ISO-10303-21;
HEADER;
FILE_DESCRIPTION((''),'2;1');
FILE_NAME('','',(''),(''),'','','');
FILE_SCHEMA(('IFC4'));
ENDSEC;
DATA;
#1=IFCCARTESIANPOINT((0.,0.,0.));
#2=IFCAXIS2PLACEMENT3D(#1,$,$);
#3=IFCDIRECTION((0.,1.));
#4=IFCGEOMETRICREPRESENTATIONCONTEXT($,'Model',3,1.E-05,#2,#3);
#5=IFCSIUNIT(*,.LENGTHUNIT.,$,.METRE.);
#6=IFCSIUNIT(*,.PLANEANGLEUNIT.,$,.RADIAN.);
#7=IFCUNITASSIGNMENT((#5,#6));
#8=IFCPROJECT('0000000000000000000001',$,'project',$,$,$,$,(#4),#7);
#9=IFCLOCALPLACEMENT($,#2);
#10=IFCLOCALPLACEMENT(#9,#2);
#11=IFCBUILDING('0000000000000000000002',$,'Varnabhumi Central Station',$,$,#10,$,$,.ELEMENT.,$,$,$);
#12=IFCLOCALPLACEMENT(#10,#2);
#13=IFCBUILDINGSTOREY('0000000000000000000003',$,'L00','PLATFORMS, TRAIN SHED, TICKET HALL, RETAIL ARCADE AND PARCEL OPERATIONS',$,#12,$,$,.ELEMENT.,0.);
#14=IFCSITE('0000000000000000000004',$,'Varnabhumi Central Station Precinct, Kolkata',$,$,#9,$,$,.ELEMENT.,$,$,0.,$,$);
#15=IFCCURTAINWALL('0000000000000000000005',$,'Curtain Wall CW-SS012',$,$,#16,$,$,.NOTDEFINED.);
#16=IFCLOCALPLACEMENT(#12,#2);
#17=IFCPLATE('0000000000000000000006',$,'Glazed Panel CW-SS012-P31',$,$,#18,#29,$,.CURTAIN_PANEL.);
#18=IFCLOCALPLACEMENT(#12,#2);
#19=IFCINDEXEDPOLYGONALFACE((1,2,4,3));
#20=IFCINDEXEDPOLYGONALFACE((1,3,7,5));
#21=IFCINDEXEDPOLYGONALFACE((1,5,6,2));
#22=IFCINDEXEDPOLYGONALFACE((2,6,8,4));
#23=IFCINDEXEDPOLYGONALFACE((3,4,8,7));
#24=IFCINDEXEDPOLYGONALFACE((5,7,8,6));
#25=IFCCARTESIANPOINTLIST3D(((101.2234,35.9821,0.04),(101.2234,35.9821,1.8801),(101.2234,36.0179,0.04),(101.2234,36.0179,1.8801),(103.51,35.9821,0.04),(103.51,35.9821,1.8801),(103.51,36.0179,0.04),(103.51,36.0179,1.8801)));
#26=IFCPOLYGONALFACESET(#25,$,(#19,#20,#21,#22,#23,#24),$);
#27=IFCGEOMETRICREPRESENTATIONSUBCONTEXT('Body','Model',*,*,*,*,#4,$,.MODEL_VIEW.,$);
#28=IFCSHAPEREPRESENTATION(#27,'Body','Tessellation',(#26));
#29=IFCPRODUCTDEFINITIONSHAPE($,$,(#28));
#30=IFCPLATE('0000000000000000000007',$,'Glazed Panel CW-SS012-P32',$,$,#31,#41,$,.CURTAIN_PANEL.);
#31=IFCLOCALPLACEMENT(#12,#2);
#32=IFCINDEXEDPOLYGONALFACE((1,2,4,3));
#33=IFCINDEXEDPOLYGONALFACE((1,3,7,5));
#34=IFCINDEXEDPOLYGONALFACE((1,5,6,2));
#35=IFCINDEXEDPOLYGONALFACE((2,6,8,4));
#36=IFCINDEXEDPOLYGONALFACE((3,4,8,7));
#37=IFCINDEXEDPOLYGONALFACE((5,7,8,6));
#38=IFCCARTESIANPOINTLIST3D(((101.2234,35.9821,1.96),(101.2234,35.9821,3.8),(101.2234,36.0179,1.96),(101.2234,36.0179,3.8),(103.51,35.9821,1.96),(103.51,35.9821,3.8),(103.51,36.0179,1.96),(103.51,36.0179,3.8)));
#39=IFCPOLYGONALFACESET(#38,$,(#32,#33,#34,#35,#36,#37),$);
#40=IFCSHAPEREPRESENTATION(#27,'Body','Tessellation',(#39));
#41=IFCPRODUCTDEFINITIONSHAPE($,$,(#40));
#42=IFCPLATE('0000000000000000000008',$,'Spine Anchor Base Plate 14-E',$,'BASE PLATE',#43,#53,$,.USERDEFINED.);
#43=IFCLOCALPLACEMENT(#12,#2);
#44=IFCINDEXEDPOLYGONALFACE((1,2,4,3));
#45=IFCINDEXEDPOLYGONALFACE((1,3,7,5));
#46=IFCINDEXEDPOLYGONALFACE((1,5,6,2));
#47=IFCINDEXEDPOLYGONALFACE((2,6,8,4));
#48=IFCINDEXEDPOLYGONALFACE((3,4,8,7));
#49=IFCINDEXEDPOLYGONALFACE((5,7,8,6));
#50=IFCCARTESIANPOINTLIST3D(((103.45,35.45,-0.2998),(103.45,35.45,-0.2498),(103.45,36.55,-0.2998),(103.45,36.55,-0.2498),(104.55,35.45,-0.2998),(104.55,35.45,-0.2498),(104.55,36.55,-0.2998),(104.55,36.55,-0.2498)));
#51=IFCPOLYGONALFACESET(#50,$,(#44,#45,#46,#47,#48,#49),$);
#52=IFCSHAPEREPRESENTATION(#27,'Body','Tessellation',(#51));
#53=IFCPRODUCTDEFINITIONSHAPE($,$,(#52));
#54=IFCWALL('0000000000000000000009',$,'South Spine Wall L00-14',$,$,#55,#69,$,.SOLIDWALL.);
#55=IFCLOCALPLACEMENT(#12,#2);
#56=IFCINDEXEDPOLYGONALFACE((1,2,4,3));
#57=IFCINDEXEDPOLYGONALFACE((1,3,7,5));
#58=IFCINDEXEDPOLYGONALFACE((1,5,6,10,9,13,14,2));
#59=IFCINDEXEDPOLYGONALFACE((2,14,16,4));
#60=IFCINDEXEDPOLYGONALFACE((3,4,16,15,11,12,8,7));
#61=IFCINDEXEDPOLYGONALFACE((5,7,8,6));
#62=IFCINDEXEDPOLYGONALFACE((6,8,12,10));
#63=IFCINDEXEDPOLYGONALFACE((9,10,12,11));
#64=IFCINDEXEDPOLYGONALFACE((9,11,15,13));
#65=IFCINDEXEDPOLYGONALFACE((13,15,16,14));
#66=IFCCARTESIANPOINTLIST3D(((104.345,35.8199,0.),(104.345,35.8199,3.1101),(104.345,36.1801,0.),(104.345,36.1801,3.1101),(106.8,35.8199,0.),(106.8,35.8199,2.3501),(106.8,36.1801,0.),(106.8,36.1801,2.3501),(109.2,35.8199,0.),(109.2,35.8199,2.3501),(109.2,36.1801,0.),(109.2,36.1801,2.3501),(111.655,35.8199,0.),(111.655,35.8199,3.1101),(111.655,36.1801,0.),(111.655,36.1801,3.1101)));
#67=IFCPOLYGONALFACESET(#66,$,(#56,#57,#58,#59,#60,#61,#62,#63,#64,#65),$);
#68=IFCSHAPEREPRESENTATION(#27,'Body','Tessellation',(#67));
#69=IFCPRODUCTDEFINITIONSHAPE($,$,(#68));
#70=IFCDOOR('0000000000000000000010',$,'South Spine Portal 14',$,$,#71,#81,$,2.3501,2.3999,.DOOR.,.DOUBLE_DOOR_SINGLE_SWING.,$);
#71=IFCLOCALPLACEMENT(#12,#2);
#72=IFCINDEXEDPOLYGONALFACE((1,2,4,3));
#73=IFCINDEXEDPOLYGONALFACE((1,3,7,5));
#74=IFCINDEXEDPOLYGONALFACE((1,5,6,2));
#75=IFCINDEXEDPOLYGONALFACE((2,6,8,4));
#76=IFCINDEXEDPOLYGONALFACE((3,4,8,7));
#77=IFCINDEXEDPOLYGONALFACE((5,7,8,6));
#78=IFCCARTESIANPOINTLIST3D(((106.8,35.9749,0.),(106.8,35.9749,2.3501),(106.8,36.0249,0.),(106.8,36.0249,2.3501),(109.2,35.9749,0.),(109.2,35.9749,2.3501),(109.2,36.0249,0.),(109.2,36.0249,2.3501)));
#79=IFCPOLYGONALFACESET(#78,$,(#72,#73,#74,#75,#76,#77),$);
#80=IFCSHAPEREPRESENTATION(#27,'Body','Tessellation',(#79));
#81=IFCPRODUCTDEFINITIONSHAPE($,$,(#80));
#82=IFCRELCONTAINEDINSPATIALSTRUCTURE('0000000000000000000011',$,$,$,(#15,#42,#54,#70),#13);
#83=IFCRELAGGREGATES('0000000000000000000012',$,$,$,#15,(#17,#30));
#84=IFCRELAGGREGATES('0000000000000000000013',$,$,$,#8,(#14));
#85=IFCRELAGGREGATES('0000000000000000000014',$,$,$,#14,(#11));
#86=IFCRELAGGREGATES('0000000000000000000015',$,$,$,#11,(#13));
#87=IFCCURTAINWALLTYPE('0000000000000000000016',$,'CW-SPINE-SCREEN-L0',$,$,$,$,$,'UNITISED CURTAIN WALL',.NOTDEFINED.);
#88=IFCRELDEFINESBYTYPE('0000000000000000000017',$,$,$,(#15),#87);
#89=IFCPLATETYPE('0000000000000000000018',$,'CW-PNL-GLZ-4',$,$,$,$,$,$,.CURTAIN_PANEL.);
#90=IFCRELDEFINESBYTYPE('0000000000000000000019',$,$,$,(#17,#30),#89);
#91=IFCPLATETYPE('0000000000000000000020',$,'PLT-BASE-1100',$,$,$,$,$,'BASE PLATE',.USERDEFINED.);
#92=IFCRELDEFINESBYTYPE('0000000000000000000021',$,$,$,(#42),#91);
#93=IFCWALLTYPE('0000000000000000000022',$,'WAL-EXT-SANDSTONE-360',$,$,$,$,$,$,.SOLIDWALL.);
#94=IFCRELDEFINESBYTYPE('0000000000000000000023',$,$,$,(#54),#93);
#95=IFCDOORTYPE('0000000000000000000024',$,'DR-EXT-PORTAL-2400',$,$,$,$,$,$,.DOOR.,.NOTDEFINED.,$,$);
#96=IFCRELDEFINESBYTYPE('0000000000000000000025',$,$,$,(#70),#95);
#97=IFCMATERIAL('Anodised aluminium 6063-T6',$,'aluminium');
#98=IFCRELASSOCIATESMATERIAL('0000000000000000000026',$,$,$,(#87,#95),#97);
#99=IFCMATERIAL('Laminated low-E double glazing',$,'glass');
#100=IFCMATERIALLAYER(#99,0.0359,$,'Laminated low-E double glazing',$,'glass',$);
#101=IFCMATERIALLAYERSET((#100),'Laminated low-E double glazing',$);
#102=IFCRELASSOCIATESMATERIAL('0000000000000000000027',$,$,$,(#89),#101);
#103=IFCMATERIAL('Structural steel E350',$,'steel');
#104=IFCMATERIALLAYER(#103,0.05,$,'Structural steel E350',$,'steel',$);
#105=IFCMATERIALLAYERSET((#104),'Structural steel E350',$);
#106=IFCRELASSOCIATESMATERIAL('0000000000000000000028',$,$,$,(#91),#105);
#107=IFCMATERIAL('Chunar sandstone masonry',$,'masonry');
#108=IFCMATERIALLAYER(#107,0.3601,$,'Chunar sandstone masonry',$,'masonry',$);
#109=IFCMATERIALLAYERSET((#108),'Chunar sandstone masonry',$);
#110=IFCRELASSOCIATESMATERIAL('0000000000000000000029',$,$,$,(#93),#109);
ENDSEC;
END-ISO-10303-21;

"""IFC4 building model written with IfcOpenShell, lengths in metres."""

from ifc_helpers import new_model, si_unit, direction, frame, frame_2d, origin, origin_2d, place, context, subcontext, project, spatial, rectangle, extrude, material, layer, layer_set, type_object, element, fill, aggregate, save


model = new_model("IFC4")

# Units and contexts
model_context = context("Model", 3, precision=1e-05, world=origin(), true_north=direction((0.0, 1.0)))
body_context = subcontext(model_context, "Body", "Model", "MODEL_VIEW")
ifc_project = project(units=[si_unit("LENGTHUNIT", "METRE"), si_unit("PLANEANGLEUNIT", "RADIAN")], contexts=[model_context])

# Site, building, storey
site_placement = place(None, origin())
site = spatial("IfcSite", under=ifc_project, at=site_placement, Name="Varnabhumi Central Station Precinct, Kolkata", CompositionType="ELEMENT", RefElevation=0.0)
building_placement = place(site_placement, origin())
building = spatial("IfcBuilding", under=site, at=building_placement, Name="Varnabhumi Central Station", CompositionType="ELEMENT")
storey_placement = place(building_placement, origin())
storey = spatial("IfcBuildingStorey", under=building, at=storey_placement, Name="L00", Description="PLATFORMS, TRAIN SHED, TICKET HALL, RETAIL ARCADE AND PARCEL OPERATIONS", CompositionType="ELEMENT", Elevation=0.0)

# Curtain wall, plates
ifc_material_1 = material(Name="Anodised aluminium 6063-T6", Category="aluminium")
curtain_wall_type = type_object("IfcCurtainWallType", Name="CW-SPINE-SCREEN-L0", ElementType="UNITISED CURTAIN WALL", PredefinedType="NOTDEFINED", material=ifc_material_1)
curtain_wall_placement = place(storey_placement, origin())
curtain_wall = element("IfcCurtainWall", 1, at=curtain_wall_placement, inside=storey, type_object=curtain_wall_type, Name="Curtain Wall CW-SS012", PredefinedType="NOTDEFINED")
ifc_material_2 = material(Name="Laminated low-E double glazing", Category="glass")
ifc_layer_1 = layer(ifc_material_2, 0.0359, Name="Laminated low-E double glazing", Category="glass")
ifc_layer_set_1 = layer_set([ifc_layer_1], Name="Laminated low-E double glazing")
plate_type_1 = type_object("IfcPlateType", Name="CW-PNL-GLZ-4", PredefinedType="CURTAIN_PANEL", material=ifc_layer_set_1)
plate_1_placement = place(storey_placement, frame((102.3667, 36.0, 0.04), z_axis=(0.0, 0.0, 1.0), x_axis=(1.0, 0.0, 0.0)))
plate_1 = element("IfcPlate", 2, at=plate_1_placement, type_object=plate_type_1, Name="Glazed Panel CW-SS012-P31", PredefinedType="CURTAIN_PANEL", context=body_context, shape_type="SweptSolid", body=[
    extrude(rectangle(XDim=2.2866, YDim=0.0359, at=origin_2d()), origin(), (0.0, 0.0, 1.0), 1.8401),
])
plate_2_placement = place(storey_placement, frame((102.3667, 36.0, 1.96), z_axis=(0.0, 0.0, 1.0), x_axis=(1.0, 0.0, 0.0)))
plate_2 = element("IfcPlate", 3, at=plate_2_placement, type_object=plate_type_1, Name="Glazed Panel CW-SS012-P32", PredefinedType="CURTAIN_PANEL", context=body_context, shape_type="SweptSolid", body=[
    extrude(rectangle(XDim=2.2866, YDim=0.0359, at=origin_2d()), origin(), (0.0, 0.0, 1.0), 1.8401),
])
aggregate(curtain_wall, [plate_1, plate_2])

# Plate
ifc_material_3 = material(Name="Structural steel E350", Category="steel")
ifc_layer_2 = layer(ifc_material_3, 0.05, Name="Structural steel E350", Category="steel")
ifc_layer_set_2 = layer_set([ifc_layer_2], Name="Structural steel E350")
plate_type_2 = type_object("IfcPlateType", Name="PLT-BASE-1100", ElementType="BASE PLATE", PredefinedType="USERDEFINED", material=ifc_layer_set_2)
plate_3_placement = place(storey_placement, frame((104.0, 36.0, -0.2998), z_axis=(0.0, 0.0, 1.0), x_axis=(1.0, 0.0, 0.0)))
element("IfcPlate", 4, at=plate_3_placement, inside=storey, type_object=plate_type_2, Name="Spine Anchor Base Plate 14-E", ObjectType="BASE PLATE", PredefinedType="USERDEFINED", context=body_context, shape_type="SweptSolid", body=[
    extrude(rectangle(XDim=1.1001, YDim=1.1001, at=origin_2d()), origin(), (0.0, 0.0, 1.0), 0.05),
])

# Wall, opening, door
ifc_material_4 = material(Name="Chunar sandstone masonry", Category="masonry")
ifc_layer_3 = layer(ifc_material_4, 0.3601, Name="Chunar sandstone masonry", Category="masonry")
ifc_layer_set_3 = layer_set([ifc_layer_3], Name="Chunar sandstone masonry")
wall_type = type_object("IfcWallType", Name="WAL-EXT-SANDSTONE-360", PredefinedType="SOLIDWALL", material=ifc_layer_set_3)
wall_placement = place(storey_placement, frame((104.345, 36.0, 0.0), z_axis=(0.0, 0.0, 1.0), x_axis=(1.0, 0.0, 0.0)))
wall = element("IfcWall", 5, at=wall_placement, inside=storey, type_object=wall_type, Name="South Spine Wall L00-14", PredefinedType="SOLIDWALL", context=body_context, shape_type="SweptSolid", body=[
    extrude(rectangle(XDim=7.3101, YDim=0.3601, at=frame_2d((3.655, 0.0))), origin(), (0.0, 0.0, 1.0), 3.1101),
])
opening_placement = place(wall_placement, frame((2.4551, 0.0, 0.0)))
opening = element("IfcOpeningElement", 6, at=opening_placement, cuts=wall, PredefinedType="OPENING", context=body_context, shape_type="SweptSolid", body=[
    extrude(rectangle(XDim=2.3999, YDim=2.3501, at=frame_2d((1.2, 1.175))), frame((0.0, 0.1899, 0.0), z_axis=(0.0, -1.0, 0.0), x_axis=(1.0, 0.0, 0.0)), (0.0, 0.0, 1.0), 0.3801),
])
door_type = type_object("IfcDoorType", Name="DR-EXT-PORTAL-2400", OperationType="NOTDEFINED", PredefinedType="DOOR", material=ifc_material_1)
door_placement = place(opening_placement, origin())
door = element("IfcDoor", 7, at=door_placement, inside=storey, type_object=door_type, Name="South Spine Portal 14", OperationType="DOUBLE_DOOR_SINGLE_SWING", OverallHeight=2.3501, OverallWidth=2.3999, PredefinedType="DOOR", context=body_context, shape_type="SweptSolid", body=[
    extrude(rectangle(XDim=2.3999, YDim=2.3501, at=frame_2d((1.2, 1.175))), frame((0.0, 0.0249, 0.0), z_axis=(0.0, -1.0, 0.0), x_axis=(1.0, 0.0, 0.0)), (0.0, 0.0, 1.0), 0.05),
])
fill(opening, door)

save(model, "model.ifc")
